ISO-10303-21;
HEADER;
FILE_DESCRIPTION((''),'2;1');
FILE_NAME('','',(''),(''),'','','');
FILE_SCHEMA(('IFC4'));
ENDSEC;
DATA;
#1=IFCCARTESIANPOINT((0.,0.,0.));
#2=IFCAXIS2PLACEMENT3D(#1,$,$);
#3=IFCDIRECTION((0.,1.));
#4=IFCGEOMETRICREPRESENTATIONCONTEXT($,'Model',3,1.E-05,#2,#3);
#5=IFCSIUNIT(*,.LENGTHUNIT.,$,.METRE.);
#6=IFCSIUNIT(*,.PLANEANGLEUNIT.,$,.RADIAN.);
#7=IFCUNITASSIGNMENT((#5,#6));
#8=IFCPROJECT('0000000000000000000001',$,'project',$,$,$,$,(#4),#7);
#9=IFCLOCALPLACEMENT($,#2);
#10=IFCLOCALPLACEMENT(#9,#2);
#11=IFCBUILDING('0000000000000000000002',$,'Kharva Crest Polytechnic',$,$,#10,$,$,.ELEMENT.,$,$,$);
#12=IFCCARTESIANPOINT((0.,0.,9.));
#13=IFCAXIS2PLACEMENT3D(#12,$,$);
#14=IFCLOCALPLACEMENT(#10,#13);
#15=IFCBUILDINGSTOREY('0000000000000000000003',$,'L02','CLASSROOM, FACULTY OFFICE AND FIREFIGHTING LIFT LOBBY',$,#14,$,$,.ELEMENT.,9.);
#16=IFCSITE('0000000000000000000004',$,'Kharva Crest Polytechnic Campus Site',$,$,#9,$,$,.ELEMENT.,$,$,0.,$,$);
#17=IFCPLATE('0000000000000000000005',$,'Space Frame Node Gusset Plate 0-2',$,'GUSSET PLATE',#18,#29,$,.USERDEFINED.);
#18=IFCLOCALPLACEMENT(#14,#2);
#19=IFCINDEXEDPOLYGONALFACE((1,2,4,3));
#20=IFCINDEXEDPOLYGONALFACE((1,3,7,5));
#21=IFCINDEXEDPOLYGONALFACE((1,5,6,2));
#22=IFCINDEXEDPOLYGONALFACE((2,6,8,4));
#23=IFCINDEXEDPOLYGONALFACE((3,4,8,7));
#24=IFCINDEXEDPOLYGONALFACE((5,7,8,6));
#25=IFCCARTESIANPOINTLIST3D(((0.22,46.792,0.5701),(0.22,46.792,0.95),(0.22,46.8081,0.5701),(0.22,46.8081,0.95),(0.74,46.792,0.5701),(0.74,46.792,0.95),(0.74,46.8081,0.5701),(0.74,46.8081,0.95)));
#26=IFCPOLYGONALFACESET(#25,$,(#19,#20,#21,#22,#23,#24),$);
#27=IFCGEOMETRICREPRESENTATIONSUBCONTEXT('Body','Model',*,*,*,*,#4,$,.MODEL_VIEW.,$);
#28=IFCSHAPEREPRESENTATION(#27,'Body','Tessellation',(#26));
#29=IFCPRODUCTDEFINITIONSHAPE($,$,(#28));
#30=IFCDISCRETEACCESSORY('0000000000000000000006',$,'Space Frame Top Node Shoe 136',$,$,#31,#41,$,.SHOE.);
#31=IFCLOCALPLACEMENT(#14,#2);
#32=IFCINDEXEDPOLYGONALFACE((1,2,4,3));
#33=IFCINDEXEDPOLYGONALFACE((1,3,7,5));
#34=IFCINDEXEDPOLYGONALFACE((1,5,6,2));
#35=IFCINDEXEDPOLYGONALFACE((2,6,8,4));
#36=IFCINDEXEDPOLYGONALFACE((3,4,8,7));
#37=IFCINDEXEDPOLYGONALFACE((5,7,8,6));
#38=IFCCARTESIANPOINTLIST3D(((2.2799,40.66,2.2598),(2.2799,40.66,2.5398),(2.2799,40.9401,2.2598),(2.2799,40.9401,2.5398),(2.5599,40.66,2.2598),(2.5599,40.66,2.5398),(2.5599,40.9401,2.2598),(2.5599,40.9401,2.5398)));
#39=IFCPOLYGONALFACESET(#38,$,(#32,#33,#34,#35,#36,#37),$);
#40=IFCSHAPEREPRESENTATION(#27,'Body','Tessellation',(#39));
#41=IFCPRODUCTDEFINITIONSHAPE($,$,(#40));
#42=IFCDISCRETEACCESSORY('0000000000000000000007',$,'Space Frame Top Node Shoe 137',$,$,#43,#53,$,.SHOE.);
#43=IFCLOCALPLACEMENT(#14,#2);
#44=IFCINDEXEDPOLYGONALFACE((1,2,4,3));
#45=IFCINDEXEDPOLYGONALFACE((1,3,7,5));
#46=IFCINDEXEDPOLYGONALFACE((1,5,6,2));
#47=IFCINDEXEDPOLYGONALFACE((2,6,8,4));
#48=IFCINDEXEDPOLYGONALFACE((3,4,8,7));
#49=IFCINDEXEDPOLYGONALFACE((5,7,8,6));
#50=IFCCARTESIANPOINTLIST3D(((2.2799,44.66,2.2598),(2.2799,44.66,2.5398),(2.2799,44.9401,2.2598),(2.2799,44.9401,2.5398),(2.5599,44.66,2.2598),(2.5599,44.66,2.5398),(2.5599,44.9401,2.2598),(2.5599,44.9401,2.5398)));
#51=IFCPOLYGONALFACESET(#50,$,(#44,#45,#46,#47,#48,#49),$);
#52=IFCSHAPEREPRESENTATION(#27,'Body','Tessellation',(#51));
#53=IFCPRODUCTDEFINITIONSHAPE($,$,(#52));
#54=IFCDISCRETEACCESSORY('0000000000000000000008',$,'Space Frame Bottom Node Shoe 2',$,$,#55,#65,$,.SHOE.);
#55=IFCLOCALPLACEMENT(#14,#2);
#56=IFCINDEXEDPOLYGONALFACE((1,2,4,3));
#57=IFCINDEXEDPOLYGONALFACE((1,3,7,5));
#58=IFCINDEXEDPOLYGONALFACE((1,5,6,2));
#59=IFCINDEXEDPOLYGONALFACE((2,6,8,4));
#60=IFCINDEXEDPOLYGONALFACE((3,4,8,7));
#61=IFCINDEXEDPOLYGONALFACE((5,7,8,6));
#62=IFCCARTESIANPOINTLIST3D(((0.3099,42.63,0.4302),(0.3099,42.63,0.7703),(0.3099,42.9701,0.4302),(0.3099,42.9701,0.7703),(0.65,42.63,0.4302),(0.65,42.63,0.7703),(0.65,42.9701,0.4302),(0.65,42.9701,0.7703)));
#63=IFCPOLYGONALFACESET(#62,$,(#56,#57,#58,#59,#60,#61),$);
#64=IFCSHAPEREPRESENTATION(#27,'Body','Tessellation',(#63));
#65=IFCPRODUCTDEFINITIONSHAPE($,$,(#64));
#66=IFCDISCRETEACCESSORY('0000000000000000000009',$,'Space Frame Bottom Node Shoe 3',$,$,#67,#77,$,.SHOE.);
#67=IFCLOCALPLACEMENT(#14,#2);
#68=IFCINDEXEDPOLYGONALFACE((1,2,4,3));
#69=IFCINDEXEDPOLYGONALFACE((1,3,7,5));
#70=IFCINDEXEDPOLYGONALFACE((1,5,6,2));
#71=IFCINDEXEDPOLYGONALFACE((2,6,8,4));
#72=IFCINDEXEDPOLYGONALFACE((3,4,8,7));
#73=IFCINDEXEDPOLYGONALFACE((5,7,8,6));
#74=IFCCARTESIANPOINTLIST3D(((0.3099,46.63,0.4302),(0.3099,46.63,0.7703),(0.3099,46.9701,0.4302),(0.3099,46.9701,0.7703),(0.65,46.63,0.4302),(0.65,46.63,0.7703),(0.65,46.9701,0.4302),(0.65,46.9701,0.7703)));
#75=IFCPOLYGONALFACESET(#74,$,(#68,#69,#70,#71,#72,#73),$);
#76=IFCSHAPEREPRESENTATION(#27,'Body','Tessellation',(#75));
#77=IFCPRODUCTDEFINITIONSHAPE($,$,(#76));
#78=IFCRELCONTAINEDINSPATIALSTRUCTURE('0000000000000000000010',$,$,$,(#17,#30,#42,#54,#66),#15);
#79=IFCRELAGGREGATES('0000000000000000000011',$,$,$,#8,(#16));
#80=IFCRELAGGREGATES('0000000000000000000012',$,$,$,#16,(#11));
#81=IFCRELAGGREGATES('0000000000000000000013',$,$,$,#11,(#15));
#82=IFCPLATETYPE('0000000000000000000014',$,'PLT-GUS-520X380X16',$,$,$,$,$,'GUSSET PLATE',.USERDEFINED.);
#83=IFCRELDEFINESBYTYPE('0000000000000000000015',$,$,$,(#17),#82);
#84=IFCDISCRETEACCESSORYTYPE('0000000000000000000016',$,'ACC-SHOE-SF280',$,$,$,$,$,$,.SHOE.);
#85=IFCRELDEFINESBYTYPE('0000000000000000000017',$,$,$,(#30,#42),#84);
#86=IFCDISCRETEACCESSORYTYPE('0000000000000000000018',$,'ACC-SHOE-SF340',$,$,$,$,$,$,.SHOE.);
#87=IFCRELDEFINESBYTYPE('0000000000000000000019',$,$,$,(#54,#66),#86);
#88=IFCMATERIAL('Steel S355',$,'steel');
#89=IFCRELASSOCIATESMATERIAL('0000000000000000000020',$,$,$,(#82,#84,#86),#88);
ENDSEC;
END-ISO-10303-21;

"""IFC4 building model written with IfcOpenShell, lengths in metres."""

from ifc_helpers import new_model, si_unit, direction, frame, origin, origin_2d, place, context, subcontext, project, spatial, rectangle, extrude, material, type_object, element, save


model = new_model("IFC4")

# Units and contexts
model_context = context("Model", 3, precision=1e-05, world=origin(), true_north=direction((0.0, 1.0)))
body_context = subcontext(model_context, "Body", "Model", "MODEL_VIEW")
ifc_project = project(units=[si_unit("LENGTHUNIT", "METRE"), si_unit("PLANEANGLEUNIT", "RADIAN")], contexts=[model_context])

# Site, building, storey
site_placement = place(None, origin())
site = spatial("IfcSite", under=ifc_project, at=site_placement, Name="Kharva Crest Polytechnic Campus Site", CompositionType="ELEMENT", RefElevation=0.0)
building_placement = place(site_placement, origin())
building = spatial("IfcBuilding", under=site, at=building_placement, Name="Kharva Crest Polytechnic", CompositionType="ELEMENT")
storey_placement = place(building_placement, frame((0.0, 0.0, 9.0)))
storey = spatial("IfcBuildingStorey", under=building, at=storey_placement, Name="L02", Description="CLASSROOM, FACULTY OFFICE AND FIREFIGHTING LIFT LOBBY", CompositionType="ELEMENT", Elevation=9.0)

# Shared definitions
ifc_material_1 = material(Name="Steel S355", Category="steel")

# Plate
plate_type_1 = type_object("IfcPlateType", Name="PLT-GUS-520X380X16", ElementType="GUSSET PLATE", PredefinedType="USERDEFINED", material=ifc_material_1)
plate_1_placement = place(storey_placement, frame((0.48, 46.8, 0.5701), z_axis=(0.0, 0.0, 1.0), x_axis=(1.0, 0.0, 0.0)))
element("IfcPlate", 1, at=plate_1_placement, inside=storey, type_object=plate_type_1, Name="Space Frame Node Gusset Plate 0-2", ObjectType="GUSSET PLATE", PredefinedType="USERDEFINED", context=body_context, shape_type="SweptSolid", body=[
    extrude(rectangle(XDim=0.52, YDim=0.0161, at=origin_2d()), origin(), (0.0, 0.0, 1.0), 0.3799),
])

# Discrete accessories
discrete_accessory_type_1 = type_object("IfcDiscreteAccessoryType", Name="ACC-SHOE-SF280", PredefinedType="SHOE", material=ifc_material_1)
for number, where, z_axis, x_axis, name in (
    (2, (2.4199, 40.8, 2.2598), (0.0, 0.0, 1.0), (1.0, 0.0, 0.0), "Space Frame Top Node Shoe 136"),
    (3, (2.4199, 44.8, 2.2598), (0.0, 0.0, 1.0), (1.0, 0.0, 0.0), "Space Frame Top Node Shoe 137"),
):
    element("IfcDiscreteAccessory", number, at=place(storey_placement, frame(where, z_axis=z_axis, x_axis=x_axis)), inside=storey, type_object=discrete_accessory_type_1, Name=name, PredefinedType="SHOE", context=body_context, shape_type="SweptSolid", body=[
        extrude(rectangle(XDim=0.28, YDim=0.28, at=origin_2d()), origin(), (0.0, 0.0, 1.0), 0.28),
    ])
discrete_accessory_type_2 = type_object("IfcDiscreteAccessoryType", Name="ACC-SHOE-SF340", PredefinedType="SHOE", material=ifc_material_1)
for number, where, z_axis, x_axis, name in (
    (4, (0.48, 42.8, 0.4302), (0.0, 0.0, 1.0), (1.0, 0.0, 0.0), "Space Frame Bottom Node Shoe 2"),
    (5, (0.48, 46.8, 0.4302), (0.0, 0.0, 1.0), (1.0, 0.0, 0.0), "Space Frame Bottom Node Shoe 3"),
):
    element("IfcDiscreteAccessory", number, at=place(storey_placement, frame(where, z_axis=z_axis, x_axis=x_axis)), inside=storey, type_object=discrete_accessory_type_2, Name=name, PredefinedType="SHOE", context=body_context, shape_type="SweptSolid", body=[
        extrude(rectangle(XDim=0.3401, YDim=0.3401, at=origin_2d()), origin(), (0.0, 0.0, 1.0), 0.3401),
    ])

save(model, "model.ifc")
